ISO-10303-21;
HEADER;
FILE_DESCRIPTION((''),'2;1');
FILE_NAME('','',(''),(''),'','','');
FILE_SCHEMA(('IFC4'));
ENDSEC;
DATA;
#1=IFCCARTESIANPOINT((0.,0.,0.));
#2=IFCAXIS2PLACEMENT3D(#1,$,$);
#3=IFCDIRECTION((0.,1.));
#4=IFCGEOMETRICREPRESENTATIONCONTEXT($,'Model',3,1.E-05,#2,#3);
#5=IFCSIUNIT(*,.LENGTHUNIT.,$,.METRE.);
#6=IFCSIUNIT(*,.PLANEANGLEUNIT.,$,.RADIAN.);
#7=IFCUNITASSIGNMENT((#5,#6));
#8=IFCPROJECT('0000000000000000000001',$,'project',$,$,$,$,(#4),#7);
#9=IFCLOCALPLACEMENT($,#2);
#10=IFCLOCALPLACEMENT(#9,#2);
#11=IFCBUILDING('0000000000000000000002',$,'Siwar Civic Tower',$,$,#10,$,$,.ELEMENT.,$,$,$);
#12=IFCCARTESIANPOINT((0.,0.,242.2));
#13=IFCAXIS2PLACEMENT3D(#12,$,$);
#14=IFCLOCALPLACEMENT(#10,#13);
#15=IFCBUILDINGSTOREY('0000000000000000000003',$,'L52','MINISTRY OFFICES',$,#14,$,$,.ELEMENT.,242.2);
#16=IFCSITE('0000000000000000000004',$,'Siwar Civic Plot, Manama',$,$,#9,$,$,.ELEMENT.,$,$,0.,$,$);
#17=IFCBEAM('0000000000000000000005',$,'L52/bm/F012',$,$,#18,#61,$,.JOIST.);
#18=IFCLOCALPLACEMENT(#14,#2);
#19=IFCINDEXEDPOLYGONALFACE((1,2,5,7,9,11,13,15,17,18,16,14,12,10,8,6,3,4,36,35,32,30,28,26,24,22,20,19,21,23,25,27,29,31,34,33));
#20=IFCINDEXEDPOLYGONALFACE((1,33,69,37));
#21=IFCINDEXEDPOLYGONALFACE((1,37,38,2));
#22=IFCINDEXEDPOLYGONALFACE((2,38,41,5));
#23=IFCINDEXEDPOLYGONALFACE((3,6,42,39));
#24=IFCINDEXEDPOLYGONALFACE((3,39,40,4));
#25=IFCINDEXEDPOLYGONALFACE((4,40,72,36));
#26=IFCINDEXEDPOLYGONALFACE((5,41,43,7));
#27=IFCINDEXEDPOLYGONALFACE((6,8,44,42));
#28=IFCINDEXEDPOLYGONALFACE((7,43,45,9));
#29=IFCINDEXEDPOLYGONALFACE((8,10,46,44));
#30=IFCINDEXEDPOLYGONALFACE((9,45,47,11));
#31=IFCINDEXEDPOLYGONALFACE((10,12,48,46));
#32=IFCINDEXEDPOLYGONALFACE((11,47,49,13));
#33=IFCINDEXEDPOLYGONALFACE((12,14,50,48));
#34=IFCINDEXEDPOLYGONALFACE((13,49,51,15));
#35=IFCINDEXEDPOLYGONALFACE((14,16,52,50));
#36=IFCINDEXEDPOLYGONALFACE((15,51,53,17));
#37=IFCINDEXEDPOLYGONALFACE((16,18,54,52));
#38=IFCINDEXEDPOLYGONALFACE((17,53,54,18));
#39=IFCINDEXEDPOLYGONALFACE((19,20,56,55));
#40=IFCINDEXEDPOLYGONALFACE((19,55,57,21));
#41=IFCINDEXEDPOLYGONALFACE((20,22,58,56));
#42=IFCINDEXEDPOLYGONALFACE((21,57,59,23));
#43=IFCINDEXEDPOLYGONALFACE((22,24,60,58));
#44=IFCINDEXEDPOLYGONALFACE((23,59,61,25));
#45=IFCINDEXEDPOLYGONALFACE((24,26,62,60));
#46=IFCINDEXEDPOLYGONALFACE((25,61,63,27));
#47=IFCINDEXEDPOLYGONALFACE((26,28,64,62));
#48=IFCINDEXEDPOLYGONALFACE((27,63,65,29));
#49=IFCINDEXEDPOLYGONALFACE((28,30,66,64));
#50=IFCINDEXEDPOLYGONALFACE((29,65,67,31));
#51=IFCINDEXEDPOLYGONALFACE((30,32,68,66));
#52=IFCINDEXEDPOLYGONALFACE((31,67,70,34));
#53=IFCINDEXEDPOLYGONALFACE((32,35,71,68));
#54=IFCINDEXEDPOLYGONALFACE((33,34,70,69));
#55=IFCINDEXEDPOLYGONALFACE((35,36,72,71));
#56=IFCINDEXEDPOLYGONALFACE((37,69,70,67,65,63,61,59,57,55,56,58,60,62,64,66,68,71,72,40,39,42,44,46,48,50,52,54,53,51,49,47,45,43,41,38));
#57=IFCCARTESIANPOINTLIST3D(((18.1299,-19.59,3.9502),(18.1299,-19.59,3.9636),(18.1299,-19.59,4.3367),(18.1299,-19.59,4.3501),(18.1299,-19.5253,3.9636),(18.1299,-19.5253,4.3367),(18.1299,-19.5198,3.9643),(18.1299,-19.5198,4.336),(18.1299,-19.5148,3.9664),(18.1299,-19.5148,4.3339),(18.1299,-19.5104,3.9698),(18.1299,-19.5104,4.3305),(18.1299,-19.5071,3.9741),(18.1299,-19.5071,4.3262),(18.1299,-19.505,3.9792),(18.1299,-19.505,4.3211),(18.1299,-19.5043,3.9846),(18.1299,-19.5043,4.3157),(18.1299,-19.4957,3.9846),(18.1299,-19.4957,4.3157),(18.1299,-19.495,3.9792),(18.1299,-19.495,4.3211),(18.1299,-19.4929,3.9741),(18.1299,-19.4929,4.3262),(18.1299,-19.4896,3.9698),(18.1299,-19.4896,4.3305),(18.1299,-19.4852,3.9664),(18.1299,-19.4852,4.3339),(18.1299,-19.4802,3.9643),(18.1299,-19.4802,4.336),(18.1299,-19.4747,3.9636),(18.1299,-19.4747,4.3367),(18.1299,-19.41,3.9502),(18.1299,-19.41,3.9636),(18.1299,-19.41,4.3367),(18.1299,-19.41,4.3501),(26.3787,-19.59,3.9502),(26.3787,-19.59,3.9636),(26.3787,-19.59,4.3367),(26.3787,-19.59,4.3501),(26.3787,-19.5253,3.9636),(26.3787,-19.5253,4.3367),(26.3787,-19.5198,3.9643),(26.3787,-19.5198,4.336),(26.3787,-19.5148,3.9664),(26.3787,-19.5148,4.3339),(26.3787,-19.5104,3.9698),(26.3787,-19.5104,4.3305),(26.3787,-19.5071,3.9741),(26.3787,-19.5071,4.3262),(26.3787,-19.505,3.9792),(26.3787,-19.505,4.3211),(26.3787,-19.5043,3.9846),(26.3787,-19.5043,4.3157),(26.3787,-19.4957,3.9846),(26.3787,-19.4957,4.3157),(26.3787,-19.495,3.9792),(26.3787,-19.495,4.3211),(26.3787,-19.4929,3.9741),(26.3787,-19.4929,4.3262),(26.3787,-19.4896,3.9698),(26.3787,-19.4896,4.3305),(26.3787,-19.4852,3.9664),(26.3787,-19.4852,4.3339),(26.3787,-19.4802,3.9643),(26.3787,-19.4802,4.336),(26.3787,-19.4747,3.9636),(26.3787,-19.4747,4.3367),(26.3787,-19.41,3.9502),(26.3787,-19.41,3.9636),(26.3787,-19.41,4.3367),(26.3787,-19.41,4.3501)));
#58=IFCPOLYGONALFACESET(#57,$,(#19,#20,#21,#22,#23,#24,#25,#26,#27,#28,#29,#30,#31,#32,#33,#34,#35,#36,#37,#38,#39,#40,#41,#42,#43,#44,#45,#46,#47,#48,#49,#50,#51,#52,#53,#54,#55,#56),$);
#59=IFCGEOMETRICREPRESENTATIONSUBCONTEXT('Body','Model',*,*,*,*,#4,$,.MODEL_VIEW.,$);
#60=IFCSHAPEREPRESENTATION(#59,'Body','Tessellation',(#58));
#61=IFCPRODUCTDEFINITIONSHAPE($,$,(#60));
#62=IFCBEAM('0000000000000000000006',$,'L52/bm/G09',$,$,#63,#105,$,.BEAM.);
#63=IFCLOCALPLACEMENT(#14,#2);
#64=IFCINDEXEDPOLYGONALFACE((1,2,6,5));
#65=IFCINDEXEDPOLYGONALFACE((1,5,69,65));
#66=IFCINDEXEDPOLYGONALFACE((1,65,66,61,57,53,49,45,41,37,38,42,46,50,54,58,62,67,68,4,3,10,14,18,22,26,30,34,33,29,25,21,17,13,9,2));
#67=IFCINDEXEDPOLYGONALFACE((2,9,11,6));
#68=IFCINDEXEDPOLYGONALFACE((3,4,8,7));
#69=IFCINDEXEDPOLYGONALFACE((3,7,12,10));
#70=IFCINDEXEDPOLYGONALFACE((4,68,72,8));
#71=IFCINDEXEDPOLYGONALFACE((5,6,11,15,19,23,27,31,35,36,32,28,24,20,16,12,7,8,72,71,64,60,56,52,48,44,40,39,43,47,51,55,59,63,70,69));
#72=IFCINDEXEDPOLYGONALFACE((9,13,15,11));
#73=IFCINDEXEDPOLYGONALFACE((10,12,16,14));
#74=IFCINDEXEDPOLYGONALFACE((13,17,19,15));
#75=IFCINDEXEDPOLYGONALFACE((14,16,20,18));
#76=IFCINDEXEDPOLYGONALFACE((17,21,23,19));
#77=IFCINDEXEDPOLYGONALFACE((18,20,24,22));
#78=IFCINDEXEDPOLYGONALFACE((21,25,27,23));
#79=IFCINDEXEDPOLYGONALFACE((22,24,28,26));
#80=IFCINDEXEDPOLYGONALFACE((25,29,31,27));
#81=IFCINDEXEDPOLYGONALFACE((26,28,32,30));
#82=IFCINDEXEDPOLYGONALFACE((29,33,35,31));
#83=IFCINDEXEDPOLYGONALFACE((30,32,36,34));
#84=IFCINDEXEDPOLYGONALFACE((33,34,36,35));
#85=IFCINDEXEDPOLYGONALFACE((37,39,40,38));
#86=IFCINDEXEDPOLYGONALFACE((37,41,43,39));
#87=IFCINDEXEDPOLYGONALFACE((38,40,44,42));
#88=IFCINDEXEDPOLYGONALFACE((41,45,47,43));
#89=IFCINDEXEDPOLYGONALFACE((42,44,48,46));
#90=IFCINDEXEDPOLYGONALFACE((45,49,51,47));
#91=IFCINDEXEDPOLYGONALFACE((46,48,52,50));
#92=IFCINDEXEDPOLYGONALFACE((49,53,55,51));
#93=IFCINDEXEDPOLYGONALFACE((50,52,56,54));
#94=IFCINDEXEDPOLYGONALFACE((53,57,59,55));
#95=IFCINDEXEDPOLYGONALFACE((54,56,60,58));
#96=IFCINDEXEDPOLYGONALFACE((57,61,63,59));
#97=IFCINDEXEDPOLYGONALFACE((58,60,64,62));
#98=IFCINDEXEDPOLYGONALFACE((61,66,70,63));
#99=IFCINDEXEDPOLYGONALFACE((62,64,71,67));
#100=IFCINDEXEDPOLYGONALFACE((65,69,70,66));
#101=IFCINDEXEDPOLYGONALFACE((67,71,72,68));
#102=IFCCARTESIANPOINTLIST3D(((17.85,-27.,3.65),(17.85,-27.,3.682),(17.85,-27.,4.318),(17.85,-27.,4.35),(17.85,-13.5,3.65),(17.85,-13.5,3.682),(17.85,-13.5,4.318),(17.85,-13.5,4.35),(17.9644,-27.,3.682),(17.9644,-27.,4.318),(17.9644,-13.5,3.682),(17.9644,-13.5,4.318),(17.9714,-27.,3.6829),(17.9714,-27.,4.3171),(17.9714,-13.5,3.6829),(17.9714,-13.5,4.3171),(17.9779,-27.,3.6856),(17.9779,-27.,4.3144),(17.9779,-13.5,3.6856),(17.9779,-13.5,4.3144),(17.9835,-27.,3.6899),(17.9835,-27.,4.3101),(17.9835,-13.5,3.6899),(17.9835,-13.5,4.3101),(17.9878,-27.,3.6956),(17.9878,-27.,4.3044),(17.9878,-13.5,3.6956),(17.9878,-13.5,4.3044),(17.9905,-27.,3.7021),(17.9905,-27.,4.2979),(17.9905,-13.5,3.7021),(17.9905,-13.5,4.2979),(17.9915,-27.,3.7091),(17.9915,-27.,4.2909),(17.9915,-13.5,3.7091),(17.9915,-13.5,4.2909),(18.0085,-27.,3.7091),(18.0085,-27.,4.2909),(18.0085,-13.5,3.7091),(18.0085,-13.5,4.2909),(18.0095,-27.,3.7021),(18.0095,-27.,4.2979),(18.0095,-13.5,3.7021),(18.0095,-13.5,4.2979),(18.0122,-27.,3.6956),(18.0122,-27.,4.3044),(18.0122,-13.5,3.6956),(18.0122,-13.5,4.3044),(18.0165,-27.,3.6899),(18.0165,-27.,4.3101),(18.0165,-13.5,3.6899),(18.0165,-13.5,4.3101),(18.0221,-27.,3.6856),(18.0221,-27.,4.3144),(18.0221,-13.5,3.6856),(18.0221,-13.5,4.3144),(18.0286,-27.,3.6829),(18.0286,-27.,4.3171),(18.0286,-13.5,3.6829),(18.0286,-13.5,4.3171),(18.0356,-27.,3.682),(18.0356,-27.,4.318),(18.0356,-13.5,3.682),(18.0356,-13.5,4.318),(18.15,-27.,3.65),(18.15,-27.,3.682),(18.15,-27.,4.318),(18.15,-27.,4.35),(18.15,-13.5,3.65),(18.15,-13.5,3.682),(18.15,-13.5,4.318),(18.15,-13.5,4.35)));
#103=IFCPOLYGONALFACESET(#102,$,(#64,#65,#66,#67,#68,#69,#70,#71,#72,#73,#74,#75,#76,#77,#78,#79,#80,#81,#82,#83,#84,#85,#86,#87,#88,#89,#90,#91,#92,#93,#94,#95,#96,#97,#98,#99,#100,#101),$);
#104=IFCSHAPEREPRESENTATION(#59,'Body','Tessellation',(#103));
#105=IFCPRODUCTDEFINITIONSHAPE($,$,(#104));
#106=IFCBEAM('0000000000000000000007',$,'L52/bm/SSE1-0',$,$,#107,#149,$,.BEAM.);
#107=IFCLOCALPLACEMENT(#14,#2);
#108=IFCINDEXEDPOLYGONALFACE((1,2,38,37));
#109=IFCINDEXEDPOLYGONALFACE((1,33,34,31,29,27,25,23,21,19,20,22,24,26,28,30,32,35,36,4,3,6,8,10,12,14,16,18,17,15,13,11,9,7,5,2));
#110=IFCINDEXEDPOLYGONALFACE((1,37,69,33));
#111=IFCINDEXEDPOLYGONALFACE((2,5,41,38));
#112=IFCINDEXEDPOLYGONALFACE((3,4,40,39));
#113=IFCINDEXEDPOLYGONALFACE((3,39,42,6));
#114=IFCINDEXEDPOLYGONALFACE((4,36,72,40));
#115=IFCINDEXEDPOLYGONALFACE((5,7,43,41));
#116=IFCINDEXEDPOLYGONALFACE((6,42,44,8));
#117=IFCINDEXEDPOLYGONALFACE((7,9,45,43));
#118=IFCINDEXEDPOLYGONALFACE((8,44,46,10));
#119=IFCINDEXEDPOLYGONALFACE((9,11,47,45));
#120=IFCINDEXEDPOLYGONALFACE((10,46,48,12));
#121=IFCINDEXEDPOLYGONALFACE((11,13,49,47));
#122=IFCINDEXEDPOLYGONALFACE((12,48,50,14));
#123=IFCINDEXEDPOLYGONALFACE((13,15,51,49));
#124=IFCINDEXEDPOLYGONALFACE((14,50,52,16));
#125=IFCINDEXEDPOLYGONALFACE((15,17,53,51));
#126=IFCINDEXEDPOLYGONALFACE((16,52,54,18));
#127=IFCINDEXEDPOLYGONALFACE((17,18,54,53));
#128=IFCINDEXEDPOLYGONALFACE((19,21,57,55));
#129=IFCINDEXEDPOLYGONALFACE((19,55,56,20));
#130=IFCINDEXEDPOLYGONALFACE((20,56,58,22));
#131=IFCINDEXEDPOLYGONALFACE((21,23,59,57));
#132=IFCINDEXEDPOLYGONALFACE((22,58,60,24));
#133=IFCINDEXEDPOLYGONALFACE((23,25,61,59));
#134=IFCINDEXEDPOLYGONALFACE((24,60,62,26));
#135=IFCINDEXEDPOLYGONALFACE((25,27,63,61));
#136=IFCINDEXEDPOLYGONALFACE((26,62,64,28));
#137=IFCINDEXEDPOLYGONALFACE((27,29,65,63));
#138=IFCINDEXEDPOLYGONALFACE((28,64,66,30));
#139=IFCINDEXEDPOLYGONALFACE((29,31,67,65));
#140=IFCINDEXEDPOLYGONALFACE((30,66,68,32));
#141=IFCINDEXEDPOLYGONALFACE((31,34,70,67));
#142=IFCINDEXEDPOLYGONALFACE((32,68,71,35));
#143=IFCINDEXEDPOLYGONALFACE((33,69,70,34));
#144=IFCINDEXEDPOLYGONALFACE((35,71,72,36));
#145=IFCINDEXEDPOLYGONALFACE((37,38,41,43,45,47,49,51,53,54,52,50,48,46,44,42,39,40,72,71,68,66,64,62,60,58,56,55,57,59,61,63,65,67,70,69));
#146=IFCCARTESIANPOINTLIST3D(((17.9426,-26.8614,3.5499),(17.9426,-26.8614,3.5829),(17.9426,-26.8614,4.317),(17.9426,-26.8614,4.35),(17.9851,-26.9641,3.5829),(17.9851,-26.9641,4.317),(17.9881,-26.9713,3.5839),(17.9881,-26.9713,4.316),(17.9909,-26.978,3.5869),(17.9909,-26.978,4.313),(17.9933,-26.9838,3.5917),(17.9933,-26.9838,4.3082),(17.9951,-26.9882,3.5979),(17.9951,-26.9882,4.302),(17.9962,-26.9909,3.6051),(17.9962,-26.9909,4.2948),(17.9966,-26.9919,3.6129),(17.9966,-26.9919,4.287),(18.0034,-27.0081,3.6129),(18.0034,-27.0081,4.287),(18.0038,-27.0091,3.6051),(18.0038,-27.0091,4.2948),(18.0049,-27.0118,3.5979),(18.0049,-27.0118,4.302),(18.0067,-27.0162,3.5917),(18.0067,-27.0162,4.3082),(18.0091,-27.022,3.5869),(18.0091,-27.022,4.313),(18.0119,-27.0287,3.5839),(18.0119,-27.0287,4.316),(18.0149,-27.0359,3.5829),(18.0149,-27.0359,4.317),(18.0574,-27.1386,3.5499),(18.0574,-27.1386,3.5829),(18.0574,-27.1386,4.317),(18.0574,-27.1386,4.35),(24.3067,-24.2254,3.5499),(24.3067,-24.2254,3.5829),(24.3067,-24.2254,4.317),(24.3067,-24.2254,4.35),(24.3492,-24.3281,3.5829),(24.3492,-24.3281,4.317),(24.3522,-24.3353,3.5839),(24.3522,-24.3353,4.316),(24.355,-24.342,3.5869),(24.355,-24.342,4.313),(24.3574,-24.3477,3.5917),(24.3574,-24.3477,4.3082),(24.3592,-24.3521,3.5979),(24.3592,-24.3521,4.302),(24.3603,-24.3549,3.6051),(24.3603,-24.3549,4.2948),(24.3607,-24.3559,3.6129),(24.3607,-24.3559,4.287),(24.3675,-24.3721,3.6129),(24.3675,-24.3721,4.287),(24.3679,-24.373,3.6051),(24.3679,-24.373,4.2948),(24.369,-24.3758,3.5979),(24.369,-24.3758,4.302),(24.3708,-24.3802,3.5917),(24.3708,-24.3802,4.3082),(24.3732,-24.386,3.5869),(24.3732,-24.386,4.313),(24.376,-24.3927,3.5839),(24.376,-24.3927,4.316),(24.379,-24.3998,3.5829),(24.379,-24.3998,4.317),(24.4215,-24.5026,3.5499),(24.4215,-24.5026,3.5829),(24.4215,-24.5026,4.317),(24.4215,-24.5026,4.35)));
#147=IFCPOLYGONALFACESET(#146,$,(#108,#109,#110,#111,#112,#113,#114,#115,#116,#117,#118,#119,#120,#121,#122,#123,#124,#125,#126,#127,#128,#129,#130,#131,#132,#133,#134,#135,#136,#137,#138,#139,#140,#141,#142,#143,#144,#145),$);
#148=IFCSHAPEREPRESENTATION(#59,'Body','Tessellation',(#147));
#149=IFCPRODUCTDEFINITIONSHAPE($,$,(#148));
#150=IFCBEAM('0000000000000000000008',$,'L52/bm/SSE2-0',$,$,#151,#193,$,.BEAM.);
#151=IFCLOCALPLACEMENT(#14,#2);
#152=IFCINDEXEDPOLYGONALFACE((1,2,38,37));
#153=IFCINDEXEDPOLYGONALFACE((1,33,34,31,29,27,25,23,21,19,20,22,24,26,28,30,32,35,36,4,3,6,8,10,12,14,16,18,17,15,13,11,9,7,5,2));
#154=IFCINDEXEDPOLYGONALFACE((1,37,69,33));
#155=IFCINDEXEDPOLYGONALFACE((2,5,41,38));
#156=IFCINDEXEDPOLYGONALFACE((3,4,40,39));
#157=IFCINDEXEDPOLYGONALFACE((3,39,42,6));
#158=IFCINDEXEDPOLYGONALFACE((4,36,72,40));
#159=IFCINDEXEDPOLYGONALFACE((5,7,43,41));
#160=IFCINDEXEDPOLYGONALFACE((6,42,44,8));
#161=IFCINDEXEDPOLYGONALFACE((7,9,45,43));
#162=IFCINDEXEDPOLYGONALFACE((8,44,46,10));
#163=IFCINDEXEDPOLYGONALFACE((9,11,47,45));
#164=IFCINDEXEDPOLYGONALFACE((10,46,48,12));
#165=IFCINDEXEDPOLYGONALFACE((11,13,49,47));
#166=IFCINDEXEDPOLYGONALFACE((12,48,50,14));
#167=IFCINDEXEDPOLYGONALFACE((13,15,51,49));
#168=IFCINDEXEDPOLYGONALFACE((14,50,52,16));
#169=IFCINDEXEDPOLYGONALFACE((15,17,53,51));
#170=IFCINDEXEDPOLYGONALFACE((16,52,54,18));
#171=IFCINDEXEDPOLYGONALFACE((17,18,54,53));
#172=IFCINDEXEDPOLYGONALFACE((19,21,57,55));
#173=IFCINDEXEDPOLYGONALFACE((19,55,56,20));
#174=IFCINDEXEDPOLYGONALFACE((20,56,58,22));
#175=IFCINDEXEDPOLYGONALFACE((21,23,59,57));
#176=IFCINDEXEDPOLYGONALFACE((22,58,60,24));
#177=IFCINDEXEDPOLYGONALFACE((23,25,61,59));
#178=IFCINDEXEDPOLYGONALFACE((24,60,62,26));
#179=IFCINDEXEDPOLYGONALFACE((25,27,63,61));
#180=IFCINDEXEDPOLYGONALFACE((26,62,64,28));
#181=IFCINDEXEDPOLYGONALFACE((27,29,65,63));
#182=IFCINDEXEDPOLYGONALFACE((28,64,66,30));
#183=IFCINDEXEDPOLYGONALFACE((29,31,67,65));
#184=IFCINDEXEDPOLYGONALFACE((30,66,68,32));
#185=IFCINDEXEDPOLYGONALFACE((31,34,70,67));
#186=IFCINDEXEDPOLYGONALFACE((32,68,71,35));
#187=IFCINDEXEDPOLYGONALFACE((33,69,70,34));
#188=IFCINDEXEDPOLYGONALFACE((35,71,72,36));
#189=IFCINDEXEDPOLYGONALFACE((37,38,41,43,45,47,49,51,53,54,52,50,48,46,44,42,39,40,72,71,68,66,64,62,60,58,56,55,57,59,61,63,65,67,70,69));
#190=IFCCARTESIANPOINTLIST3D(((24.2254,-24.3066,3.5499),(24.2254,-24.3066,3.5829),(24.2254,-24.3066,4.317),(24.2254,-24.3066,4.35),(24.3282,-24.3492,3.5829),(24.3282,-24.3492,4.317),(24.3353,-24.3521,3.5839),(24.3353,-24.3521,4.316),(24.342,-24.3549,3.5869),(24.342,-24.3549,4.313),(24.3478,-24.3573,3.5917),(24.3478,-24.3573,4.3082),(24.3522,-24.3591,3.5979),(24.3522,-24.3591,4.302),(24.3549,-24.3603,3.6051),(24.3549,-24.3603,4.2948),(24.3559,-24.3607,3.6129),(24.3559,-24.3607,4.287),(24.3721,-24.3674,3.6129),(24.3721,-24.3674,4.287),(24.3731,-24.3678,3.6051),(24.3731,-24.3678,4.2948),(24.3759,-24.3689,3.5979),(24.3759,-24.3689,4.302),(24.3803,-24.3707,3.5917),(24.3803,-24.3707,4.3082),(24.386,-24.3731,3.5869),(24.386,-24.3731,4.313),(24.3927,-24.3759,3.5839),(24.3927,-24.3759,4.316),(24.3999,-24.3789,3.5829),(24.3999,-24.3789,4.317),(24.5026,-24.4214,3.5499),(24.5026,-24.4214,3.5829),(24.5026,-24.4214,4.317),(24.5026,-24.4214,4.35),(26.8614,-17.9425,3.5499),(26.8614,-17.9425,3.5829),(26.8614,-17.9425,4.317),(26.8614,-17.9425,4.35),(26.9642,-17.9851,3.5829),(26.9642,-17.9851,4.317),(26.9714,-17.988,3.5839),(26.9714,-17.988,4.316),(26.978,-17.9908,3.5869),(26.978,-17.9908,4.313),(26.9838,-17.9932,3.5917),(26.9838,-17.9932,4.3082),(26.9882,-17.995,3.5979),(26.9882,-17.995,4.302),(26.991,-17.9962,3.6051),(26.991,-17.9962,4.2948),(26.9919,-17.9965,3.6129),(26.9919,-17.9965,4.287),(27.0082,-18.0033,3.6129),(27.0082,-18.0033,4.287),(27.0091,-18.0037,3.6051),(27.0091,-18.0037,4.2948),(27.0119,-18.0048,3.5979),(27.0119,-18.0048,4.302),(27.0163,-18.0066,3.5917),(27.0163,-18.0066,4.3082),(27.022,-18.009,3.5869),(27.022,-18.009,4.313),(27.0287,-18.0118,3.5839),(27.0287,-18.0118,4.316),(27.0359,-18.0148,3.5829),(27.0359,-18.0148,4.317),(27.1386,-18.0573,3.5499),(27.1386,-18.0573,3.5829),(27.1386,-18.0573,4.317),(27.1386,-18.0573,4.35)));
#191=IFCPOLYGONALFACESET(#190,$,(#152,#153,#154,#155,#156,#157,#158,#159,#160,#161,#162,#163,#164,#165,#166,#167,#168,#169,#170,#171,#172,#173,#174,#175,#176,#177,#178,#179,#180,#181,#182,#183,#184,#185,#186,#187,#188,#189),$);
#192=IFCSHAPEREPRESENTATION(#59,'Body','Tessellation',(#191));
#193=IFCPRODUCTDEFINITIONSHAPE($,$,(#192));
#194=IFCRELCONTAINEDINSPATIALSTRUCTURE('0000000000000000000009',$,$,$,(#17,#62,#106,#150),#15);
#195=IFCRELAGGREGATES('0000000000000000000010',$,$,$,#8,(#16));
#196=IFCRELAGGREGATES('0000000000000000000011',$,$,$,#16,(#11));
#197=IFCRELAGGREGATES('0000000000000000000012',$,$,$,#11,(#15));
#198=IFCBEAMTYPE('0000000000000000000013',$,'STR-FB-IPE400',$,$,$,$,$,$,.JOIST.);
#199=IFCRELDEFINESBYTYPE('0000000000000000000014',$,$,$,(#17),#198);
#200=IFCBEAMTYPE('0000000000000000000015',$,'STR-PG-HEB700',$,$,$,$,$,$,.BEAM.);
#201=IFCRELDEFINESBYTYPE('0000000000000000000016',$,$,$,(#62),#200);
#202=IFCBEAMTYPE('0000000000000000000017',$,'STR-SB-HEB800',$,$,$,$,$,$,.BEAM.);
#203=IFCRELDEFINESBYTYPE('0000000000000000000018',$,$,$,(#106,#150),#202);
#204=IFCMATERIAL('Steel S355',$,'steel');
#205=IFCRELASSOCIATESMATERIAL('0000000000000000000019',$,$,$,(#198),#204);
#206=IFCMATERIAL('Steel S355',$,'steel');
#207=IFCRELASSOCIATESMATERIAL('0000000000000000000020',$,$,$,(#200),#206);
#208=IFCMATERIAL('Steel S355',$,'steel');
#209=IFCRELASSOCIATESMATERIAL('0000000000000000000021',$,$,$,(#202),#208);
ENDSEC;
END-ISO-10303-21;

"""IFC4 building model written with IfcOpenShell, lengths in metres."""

from ifc_helpers import new_model, si_unit, direction, frame, origin, origin_2d, place, context, subcontext, project, spatial, i_section, extrude, material, material_profile, profile_set, type_object, element, save


model = new_model("IFC4")

# Units and contexts
model_context = context("Model", 3, precision=1e-05, world=origin(), true_north=direction((0.0, 1.0)))
body_context = subcontext(model_context, "Body", "Model", "MODEL_VIEW")
ifc_project = project(units=[si_unit("LENGTHUNIT", "METRE"), si_unit("PLANEANGLEUNIT", "RADIAN")], contexts=[model_context])

# Site, building, storey
site_placement = place(None, origin())
site = spatial("IfcSite", under=ifc_project, at=site_placement, Name="Siwar Civic Plot, Manama", CompositionType="ELEMENT", RefElevation=0.0)
building_placement = place(site_placement, origin())
building = spatial("IfcBuilding", under=site, at=building_placement, Name="Siwar Civic Tower", CompositionType="ELEMENT")
storey_placement = place(building_placement, frame((0.0, 0.0, 242.2)))
storey = spatial("IfcBuildingStorey", under=building, at=storey_placement, Name="L52", Description="MINISTRY OFFICES", CompositionType="ELEMENT", Elevation=242.2)

# Beams
ifc_material_1 = material(Name="Steel S355", Category="steel")
ifc_material_profile_1 = material_profile(ifc_material_1, i_section(OverallWidth=0.1799, OverallDepth=0.3999, WebThickness=0.0085, FlangeThickness=0.0134, FilletRadius=0.021, at=origin_2d()), Name="IPE400")
ifc_profile_set_1 = profile_set([ifc_material_profile_1], Name="Steel S355")
beam_type_1 = type_object("IfcBeamType", Name="STR-FB-IPE400", PredefinedType="JOIST", material=ifc_profile_set_1)
beam_1_placement = place(storey_placement, frame((18.1299, -19.5, 4.1501), z_axis=(1.0, 0.0, 0.0), x_axis=(0.0, 1.0, 0.0)))
element("IfcBeam", 1, at=beam_1_placement, inside=storey, type_object=beam_type_1, Name="L52/bm/F012", PredefinedType="JOIST", context=body_context, shape_type="SweptSolid", body=[
    extrude(i_section(OverallWidth=0.1799, OverallDepth=0.3999, WebThickness=0.0085, FlangeThickness=0.0134, FilletRadius=0.021, at=origin_2d()), origin(), (0.0, 0.0, 1.0), 8.2488),
])
ifc_material_2 = material(Name="Steel S355", Category="steel")
ifc_material_profile_2 = material_profile(ifc_material_2, i_section(OverallWidth=0.3, OverallDepth=0.7, WebThickness=0.0171, FlangeThickness=0.032, FilletRadius=0.0271, at=origin_2d()), Name="HEB700")
ifc_profile_set_2 = profile_set([ifc_material_profile_2], Name="Steel S355")
beam_type_2 = type_object("IfcBeamType", Name="STR-PG-HEB700", PredefinedType="BEAM", material=ifc_profile_set_2)
beam_2_placement = place(storey_placement, frame((18.0, -27.0, 4.0), z_axis=(0.0, 1.0, 0.0), x_axis=(-1.0, 0.0, 0.0)))
element("IfcBeam", 2, at=beam_2_placement, inside=storey, type_object=beam_type_2, Name="L52/bm/G09", PredefinedType="BEAM", context=body_context, shape_type="SweptSolid", body=[
    extrude(i_section(OverallWidth=0.3, OverallDepth=0.7, WebThickness=0.0171, FlangeThickness=0.032, FilletRadius=0.0271, at=origin_2d()), origin(), (0.0, 0.0, 1.0), 13.5),
])
ifc_material_3 = material(Name="Steel S355", Category="steel")
ifc_material_profile_3 = material_profile(ifc_material_3, i_section(OverallWidth=0.3, OverallDepth=0.8, WebThickness=0.0176, FlangeThickness=0.033, FilletRadius=0.03, at=origin_2d()), Name="HEB800")
ifc_profile_set_3 = profile_set([ifc_material_profile_3], Name="Steel S355")
beam_type_3 = type_object("IfcBeamType", Name="STR-SB-HEB800", PredefinedType="BEAM", material=ifc_profile_set_3)
for number, where, z_axis, x_axis, name in (
    (3, (18.0, -27.0, 3.95), (0.923883, 0.382674, 0.0), (-0.382674, 0.923883, 0.0), "L52/bm/SSE1-0"),
    (4, (24.364, -24.364, 3.95), (0.382674, 0.923883, 0.0), (-0.923883, 0.382674, 0.0), "L52/bm/SSE2-0"),
):
    element("IfcBeam", number, at=place(storey_placement, frame(where, z_axis=z_axis, x_axis=x_axis)), inside=storey, type_object=beam_type_3, Name=name, PredefinedType="BEAM", context=body_context, shape_type="SweptSolid", body=[
        extrude(i_section(OverallWidth=0.3, OverallDepth=0.8, WebThickness=0.0176, FlangeThickness=0.033, FilletRadius=0.03, at=origin_2d()), origin(), (0.0, 0.0, 1.0), 6.8884),
    ])

save(model, "model.ifc")
